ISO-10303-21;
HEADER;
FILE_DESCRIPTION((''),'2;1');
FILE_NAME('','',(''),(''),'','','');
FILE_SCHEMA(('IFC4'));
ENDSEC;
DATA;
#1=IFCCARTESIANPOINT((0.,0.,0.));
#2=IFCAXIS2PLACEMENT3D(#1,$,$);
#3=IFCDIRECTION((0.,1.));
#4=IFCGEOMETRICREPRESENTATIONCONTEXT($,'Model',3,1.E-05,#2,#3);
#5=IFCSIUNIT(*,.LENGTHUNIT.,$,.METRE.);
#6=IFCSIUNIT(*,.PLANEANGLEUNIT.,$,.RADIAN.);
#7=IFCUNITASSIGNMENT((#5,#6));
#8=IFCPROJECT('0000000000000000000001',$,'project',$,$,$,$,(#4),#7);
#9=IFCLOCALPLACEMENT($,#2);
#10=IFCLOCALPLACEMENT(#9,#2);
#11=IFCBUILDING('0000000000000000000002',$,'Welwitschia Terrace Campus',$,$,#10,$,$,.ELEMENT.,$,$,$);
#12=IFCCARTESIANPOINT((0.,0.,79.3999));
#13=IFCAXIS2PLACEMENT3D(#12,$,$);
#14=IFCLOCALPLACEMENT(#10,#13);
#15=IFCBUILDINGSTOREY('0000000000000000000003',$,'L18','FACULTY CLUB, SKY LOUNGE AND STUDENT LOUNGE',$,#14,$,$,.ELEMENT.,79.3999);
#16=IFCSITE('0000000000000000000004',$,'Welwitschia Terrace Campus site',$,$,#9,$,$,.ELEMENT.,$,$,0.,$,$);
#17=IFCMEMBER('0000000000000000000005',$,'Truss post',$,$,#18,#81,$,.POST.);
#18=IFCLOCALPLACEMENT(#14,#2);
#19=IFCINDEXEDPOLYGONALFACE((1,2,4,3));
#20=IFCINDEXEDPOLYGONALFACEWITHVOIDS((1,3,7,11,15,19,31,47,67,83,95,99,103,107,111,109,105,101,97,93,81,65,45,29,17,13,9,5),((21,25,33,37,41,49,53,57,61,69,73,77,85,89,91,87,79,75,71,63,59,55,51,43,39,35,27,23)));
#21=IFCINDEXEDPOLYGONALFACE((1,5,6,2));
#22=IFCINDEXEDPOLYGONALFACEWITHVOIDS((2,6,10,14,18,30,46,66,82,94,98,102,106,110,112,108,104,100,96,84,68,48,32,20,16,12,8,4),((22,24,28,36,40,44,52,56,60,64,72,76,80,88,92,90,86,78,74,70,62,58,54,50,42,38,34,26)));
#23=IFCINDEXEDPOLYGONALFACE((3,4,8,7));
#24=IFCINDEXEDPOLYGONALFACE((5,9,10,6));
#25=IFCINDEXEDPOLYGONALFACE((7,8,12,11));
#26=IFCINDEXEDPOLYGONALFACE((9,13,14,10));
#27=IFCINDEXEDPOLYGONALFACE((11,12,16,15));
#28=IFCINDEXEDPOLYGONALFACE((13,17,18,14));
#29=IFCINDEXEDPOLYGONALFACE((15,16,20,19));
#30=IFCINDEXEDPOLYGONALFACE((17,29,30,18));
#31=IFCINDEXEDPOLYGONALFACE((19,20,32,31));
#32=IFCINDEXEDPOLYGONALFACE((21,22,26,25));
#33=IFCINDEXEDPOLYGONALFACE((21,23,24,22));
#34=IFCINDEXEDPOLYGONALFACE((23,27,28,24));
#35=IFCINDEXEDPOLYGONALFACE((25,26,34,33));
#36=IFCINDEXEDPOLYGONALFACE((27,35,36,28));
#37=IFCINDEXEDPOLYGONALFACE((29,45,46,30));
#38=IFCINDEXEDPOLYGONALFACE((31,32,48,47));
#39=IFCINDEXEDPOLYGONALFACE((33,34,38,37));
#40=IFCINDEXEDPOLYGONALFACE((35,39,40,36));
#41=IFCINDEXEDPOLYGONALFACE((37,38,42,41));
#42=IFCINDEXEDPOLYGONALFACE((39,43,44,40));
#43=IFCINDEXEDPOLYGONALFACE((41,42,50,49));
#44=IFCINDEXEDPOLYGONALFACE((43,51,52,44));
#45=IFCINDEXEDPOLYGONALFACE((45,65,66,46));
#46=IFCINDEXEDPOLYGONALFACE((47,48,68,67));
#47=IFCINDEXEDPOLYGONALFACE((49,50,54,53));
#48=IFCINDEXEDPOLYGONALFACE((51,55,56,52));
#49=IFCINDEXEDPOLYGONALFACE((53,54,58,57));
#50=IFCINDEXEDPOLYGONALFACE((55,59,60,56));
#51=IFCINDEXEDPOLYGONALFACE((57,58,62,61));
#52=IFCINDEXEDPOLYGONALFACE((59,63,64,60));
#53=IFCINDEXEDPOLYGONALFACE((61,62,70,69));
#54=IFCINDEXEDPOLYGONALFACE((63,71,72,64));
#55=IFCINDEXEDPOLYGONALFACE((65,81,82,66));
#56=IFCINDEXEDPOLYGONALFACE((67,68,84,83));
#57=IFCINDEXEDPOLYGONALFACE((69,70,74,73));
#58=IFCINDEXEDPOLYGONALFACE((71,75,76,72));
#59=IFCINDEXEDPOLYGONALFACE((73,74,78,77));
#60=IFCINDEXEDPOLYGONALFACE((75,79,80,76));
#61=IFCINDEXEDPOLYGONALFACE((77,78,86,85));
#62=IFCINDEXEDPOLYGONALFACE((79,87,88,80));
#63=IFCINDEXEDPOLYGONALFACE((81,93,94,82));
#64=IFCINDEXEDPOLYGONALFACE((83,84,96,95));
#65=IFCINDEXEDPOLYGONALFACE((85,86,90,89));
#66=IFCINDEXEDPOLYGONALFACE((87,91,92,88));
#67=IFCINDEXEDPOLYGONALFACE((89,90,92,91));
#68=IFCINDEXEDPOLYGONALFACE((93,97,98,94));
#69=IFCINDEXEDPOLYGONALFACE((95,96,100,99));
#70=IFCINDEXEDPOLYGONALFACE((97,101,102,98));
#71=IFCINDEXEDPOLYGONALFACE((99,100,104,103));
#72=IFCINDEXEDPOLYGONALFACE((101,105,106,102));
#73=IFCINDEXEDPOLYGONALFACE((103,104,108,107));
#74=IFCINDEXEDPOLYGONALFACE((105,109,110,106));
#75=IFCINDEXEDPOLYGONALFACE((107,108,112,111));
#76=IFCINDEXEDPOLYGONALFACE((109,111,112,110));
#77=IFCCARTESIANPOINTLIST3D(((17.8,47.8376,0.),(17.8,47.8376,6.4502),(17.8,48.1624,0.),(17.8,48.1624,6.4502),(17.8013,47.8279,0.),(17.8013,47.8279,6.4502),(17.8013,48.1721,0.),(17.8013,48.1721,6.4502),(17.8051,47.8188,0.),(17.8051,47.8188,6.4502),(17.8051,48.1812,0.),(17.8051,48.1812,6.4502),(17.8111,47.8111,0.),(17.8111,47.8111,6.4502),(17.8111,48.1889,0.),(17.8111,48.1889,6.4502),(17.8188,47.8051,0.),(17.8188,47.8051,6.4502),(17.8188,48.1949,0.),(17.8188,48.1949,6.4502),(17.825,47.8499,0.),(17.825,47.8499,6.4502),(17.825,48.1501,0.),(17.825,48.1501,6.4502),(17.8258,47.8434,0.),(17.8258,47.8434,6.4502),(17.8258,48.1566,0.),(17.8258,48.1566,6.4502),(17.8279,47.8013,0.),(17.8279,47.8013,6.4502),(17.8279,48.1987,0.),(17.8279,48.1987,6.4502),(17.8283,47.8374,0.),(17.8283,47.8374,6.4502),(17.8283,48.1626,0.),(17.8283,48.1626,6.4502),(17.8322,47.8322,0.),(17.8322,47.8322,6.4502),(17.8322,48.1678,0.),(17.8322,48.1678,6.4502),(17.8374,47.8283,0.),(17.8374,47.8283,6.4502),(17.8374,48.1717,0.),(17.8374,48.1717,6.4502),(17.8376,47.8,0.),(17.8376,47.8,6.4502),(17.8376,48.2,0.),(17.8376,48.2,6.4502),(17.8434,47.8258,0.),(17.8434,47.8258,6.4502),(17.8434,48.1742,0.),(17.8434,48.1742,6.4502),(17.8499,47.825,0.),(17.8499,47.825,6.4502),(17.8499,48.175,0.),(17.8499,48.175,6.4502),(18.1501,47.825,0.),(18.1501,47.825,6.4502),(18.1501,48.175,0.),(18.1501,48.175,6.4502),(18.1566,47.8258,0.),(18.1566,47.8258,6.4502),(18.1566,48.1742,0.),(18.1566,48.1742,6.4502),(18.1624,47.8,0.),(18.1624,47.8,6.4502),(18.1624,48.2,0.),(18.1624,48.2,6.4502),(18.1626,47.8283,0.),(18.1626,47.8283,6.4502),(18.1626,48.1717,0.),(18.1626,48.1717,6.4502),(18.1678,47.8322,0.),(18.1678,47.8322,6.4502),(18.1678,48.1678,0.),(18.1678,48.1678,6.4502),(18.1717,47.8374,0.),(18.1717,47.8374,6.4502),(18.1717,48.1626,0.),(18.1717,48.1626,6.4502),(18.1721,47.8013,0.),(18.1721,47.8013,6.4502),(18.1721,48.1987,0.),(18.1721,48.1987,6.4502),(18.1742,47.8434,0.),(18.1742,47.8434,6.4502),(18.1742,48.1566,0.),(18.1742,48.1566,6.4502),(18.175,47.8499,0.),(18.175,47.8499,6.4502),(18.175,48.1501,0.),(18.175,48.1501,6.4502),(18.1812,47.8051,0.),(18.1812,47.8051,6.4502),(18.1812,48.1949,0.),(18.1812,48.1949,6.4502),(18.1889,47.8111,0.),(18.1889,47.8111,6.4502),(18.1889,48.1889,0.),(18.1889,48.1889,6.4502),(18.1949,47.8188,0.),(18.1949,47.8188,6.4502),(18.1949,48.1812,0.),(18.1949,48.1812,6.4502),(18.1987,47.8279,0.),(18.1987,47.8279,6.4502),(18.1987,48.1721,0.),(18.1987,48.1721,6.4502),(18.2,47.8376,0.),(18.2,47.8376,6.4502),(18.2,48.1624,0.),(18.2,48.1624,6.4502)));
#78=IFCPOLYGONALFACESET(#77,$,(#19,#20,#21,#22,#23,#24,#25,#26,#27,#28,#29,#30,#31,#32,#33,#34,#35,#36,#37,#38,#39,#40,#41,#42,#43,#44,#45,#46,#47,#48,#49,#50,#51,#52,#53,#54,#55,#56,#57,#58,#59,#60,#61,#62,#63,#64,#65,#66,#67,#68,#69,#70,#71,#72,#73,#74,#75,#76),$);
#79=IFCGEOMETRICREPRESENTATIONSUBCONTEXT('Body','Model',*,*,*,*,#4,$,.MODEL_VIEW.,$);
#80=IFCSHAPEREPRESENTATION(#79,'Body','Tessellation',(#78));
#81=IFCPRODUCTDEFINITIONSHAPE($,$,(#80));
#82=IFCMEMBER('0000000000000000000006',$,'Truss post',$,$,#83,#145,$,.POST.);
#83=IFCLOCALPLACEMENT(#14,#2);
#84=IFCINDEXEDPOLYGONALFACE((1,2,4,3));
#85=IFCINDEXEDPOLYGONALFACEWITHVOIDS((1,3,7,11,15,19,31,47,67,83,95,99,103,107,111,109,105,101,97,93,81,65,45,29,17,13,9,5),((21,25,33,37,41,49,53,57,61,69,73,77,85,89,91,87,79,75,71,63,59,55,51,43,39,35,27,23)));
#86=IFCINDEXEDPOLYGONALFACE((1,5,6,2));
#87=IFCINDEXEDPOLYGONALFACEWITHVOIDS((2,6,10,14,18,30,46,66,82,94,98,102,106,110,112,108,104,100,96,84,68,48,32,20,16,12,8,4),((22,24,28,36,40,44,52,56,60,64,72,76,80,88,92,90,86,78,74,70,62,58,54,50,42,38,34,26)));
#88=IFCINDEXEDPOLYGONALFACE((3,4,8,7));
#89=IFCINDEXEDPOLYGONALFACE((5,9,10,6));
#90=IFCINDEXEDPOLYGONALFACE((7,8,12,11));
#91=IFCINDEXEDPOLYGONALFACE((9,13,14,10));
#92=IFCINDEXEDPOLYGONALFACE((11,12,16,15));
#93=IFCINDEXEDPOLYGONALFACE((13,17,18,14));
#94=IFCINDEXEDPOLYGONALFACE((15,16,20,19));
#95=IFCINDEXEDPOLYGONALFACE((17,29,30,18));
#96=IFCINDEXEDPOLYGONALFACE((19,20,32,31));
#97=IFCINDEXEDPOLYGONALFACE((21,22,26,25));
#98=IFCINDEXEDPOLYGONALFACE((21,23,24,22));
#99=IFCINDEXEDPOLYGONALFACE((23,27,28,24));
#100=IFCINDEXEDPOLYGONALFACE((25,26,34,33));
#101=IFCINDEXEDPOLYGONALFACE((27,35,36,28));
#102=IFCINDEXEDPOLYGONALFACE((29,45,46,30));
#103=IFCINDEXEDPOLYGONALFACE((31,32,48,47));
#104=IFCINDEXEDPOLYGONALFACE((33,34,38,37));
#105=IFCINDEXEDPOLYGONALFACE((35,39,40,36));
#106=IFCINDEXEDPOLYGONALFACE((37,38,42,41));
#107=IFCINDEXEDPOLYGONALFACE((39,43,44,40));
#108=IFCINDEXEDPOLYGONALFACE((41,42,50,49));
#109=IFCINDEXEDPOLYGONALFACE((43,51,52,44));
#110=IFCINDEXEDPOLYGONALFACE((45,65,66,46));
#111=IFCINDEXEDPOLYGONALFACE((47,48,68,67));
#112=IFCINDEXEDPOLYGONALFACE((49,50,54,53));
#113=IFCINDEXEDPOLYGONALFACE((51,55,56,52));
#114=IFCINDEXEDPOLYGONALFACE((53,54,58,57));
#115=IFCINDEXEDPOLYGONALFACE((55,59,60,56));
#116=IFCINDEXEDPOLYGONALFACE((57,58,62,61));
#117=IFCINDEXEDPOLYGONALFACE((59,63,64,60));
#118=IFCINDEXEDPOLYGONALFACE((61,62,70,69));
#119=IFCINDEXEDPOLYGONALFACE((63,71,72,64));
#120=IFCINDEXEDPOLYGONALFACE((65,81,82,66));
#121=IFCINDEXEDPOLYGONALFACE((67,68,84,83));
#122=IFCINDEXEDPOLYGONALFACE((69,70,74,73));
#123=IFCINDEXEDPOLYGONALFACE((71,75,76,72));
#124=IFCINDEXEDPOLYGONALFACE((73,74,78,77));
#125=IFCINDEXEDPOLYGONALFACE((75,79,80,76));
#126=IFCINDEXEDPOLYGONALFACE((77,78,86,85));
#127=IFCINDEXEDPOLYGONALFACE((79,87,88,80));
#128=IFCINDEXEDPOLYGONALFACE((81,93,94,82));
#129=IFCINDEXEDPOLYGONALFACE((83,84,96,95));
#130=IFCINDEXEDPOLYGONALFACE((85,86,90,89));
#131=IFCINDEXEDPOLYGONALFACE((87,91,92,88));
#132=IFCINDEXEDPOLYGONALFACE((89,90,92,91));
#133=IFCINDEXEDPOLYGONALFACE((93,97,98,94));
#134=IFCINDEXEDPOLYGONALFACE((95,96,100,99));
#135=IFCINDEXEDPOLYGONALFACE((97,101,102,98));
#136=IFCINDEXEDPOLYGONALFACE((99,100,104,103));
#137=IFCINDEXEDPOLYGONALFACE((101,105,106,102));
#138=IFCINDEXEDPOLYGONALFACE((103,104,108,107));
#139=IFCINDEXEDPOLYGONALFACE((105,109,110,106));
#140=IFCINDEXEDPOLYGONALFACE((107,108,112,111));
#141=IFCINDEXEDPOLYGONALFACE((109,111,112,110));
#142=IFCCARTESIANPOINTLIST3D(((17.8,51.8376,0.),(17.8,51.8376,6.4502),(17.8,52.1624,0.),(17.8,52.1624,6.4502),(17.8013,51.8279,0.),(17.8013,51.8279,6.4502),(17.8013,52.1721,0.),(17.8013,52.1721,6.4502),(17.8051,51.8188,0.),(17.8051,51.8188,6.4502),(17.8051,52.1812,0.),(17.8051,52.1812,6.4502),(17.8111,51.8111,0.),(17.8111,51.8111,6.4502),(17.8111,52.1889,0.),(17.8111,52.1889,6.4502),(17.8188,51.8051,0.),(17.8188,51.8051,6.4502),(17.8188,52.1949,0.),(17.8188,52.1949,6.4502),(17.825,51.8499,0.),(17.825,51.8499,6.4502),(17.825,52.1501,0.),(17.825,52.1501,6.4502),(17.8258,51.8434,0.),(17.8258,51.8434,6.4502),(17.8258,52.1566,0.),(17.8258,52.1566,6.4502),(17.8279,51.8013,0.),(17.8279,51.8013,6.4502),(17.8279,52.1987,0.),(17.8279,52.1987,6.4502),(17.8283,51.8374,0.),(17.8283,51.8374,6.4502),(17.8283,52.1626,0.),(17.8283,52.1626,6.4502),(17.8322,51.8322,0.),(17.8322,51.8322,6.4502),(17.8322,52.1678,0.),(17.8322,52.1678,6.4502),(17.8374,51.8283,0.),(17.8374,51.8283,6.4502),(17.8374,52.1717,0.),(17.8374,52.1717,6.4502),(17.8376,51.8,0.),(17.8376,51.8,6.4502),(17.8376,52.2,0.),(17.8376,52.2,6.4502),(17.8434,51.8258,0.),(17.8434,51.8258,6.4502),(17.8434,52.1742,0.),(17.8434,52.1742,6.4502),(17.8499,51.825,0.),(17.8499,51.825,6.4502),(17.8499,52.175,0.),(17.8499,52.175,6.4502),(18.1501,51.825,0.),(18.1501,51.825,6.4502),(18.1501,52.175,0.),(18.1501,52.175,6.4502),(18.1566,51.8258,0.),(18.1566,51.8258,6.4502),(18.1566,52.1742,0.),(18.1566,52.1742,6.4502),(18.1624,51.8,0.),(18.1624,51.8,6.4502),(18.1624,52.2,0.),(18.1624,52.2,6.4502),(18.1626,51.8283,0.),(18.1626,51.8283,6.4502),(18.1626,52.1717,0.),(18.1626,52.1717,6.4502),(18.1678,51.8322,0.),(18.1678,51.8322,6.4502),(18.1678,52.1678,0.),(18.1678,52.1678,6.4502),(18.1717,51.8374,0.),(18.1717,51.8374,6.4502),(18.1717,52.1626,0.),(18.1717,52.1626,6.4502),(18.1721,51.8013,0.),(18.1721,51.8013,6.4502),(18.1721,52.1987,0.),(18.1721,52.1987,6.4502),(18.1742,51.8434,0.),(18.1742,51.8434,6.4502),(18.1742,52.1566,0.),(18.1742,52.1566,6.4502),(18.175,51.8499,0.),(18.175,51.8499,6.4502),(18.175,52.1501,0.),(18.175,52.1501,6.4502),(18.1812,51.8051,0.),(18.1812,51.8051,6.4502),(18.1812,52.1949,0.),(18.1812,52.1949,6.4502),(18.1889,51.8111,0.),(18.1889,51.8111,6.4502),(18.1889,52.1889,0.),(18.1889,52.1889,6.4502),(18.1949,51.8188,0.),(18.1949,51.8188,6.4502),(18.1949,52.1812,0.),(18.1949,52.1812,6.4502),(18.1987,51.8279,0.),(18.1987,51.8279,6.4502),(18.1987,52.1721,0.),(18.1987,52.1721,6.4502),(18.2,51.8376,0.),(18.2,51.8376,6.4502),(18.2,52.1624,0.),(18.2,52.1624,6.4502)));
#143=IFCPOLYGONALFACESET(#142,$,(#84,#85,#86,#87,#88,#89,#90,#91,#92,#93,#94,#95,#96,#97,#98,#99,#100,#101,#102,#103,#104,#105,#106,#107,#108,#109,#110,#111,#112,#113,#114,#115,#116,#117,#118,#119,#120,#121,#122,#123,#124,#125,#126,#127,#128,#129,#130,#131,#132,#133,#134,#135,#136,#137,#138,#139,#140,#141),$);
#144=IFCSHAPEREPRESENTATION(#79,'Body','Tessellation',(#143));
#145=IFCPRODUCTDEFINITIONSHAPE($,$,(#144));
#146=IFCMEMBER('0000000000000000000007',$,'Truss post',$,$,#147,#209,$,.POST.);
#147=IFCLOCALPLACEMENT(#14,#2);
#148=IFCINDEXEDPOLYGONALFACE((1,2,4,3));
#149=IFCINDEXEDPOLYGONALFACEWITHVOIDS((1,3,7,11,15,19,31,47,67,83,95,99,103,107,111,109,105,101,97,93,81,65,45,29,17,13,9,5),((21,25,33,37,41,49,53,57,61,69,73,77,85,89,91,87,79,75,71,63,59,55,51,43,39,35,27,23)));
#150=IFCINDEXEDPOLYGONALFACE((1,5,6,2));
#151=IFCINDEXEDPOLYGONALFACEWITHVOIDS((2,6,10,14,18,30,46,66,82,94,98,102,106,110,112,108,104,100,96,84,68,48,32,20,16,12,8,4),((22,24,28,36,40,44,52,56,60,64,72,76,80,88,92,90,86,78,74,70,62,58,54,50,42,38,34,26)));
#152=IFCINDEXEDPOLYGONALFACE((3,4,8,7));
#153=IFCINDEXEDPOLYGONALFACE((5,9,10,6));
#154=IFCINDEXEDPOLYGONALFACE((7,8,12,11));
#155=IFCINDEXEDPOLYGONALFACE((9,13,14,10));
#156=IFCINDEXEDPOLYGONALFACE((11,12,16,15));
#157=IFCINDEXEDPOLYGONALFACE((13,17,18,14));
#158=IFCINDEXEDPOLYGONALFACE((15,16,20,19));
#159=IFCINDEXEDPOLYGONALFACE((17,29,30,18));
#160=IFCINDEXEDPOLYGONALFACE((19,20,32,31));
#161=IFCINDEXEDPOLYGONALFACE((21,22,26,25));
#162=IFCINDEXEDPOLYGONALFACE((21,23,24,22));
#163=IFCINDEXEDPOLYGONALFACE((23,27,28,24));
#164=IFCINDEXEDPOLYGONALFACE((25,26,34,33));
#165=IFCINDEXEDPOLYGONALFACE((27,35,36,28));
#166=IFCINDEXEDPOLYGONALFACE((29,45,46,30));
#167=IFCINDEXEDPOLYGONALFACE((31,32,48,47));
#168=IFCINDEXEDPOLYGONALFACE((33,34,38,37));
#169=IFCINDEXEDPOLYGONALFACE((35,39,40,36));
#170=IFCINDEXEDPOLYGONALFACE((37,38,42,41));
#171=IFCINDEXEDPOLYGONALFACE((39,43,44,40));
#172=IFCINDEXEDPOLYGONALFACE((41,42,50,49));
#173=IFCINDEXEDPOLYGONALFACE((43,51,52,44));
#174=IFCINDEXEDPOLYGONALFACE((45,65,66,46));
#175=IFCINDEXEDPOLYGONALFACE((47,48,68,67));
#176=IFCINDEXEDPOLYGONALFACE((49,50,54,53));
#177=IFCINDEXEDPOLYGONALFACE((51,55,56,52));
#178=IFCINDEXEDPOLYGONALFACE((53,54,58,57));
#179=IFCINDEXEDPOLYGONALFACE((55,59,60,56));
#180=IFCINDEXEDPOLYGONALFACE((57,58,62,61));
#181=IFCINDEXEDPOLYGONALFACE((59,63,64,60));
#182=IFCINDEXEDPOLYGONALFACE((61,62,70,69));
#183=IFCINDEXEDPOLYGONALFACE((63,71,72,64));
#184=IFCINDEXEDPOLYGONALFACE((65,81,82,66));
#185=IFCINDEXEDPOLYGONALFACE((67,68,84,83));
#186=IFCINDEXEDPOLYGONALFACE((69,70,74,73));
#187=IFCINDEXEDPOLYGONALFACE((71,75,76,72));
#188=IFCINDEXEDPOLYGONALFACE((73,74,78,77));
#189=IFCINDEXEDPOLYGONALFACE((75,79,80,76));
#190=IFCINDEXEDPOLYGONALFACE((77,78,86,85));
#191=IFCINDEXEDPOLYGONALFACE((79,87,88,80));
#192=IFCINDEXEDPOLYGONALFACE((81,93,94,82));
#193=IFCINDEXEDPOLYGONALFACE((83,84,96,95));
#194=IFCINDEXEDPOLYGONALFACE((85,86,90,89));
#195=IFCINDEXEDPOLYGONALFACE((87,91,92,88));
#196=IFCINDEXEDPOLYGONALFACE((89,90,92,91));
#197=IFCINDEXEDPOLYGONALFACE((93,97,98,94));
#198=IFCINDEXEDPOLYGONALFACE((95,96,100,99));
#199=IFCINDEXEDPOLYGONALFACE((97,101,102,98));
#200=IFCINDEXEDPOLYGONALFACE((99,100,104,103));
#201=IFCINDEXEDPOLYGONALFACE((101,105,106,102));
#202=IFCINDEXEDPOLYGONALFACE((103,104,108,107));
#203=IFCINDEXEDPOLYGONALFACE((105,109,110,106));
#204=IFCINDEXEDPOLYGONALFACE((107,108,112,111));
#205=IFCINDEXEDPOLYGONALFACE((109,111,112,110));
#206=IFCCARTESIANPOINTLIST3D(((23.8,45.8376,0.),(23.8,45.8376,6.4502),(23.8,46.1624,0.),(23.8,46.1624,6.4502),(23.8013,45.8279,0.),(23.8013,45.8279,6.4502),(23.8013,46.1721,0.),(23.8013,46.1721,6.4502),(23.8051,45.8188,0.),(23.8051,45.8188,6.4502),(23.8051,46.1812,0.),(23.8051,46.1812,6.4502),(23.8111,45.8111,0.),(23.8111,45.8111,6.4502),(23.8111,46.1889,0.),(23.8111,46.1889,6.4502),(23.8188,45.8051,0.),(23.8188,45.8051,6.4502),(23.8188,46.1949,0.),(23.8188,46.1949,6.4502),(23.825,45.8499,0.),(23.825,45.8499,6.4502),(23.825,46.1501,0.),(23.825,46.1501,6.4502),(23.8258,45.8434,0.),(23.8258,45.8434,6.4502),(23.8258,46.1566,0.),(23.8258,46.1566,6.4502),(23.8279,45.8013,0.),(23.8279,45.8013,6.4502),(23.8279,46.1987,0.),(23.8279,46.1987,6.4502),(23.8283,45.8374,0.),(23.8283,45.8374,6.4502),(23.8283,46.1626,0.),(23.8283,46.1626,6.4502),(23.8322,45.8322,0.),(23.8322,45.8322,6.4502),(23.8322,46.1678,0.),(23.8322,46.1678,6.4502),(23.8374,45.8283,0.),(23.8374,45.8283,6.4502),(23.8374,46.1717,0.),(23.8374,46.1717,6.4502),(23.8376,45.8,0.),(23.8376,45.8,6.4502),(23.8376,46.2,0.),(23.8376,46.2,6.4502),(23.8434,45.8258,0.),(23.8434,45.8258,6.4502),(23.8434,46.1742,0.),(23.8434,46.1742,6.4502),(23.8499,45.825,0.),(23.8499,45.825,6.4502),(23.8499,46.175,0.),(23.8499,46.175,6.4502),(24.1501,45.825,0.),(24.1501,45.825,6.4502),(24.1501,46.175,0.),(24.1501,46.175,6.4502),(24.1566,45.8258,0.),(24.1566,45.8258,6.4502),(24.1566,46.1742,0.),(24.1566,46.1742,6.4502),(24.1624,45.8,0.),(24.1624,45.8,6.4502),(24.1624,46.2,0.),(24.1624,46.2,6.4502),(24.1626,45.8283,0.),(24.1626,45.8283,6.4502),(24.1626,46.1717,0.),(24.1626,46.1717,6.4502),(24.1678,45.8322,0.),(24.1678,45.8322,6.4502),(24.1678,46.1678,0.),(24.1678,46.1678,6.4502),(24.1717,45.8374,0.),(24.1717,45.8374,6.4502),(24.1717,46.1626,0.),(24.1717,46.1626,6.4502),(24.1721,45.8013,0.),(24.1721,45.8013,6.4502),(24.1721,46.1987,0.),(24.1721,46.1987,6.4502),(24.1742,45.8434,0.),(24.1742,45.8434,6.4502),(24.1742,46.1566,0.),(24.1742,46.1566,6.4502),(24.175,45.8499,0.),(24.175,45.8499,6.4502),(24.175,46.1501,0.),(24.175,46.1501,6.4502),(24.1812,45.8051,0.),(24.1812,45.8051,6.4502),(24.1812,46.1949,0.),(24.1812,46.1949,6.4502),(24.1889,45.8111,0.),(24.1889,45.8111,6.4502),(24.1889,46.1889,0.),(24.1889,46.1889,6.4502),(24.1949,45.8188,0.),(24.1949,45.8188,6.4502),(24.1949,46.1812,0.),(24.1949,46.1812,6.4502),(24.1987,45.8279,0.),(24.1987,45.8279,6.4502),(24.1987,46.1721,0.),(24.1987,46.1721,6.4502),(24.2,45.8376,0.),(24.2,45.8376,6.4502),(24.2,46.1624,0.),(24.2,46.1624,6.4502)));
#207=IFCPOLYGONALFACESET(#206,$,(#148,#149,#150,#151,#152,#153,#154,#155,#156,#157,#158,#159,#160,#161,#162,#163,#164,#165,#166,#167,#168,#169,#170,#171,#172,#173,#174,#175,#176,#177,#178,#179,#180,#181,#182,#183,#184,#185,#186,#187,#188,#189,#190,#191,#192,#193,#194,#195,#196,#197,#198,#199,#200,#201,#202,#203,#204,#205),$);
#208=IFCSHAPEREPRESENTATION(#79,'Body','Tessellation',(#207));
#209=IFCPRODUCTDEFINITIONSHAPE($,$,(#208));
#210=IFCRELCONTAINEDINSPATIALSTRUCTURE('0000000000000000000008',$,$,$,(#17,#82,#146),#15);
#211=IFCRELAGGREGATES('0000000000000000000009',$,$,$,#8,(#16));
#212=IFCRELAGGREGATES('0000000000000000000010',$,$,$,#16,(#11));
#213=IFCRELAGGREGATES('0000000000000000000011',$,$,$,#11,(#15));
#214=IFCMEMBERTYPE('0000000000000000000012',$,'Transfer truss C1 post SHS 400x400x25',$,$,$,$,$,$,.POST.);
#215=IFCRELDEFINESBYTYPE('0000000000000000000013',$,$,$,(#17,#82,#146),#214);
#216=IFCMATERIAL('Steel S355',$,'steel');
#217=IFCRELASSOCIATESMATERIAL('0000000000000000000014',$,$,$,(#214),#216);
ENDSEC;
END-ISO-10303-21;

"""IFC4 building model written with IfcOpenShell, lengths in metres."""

from ifc_helpers import new_model, si_unit, direction, frame, origin, origin_2d, place, context, subcontext, project, spatial, hollow_rectangle, extrude, material, material_profile, profile_set, type_object, element, save


model = new_model("IFC4")

# Units and contexts
model_context = context("Model", 3, precision=1e-05, world=origin(), true_north=direction((0.0, 1.0)))
body_context = subcontext(model_context, "Body", "Model", "MODEL_VIEW")
ifc_project = project(units=[si_unit("LENGTHUNIT", "METRE"), si_unit("PLANEANGLEUNIT", "RADIAN")], contexts=[model_context])

# Site, building, storey
site_placement = place(None, origin())
site = spatial("IfcSite", under=ifc_project, at=site_placement, Name="Welwitschia Terrace Campus site", CompositionType="ELEMENT", RefElevation=0.0)
building_placement = place(site_placement, origin())
building = spatial("IfcBuilding", under=site, at=building_placement, Name="Welwitschia Terrace Campus", CompositionType="ELEMENT")
storey_placement = place(building_placement, frame((0.0, 0.0, 79.3999)))
storey = spatial("IfcBuildingStorey", under=building, at=storey_placement, Name="L18", Description="FACULTY CLUB, SKY LOUNGE AND STUDENT LOUNGE", CompositionType="ELEMENT", Elevation=79.3999)

# Members
ifc_material_1 = material(Name="Steel S355", Category="steel")
ifc_material_profile_1 = material_profile(ifc_material_1, hollow_rectangle(XDim=0.3999, YDim=0.3999, WallThickness=0.0249, InnerFilletRadius=0.0249, OuterFilletRadius=0.0376, at=origin_2d()))
ifc_profile_set_1 = profile_set([ifc_material_profile_1], Name="Steel S355")
member_type_1 = type_object("IfcMemberType", Name="Transfer truss C1 post SHS 400x400x25", PredefinedType="POST", material=ifc_profile_set_1)
for number, where, z_axis, x_axis, name in (
    (1, (18.0, 48.0, 0.0), (0.0, 0.0, 1.0), (1.0, 0.0, 0.0), "Truss post"),
    (2, (18.0, 52.0, 0.0), (0.0, 0.0, 1.0), (1.0, 0.0, 0.0), "Truss post"),
    (3, (24.0, 46.0, 0.0), (0.0, 0.0, 1.0), (1.0, 0.0, 0.0), "Truss post"),
):
    element("IfcMember", number, at=place(storey_placement, frame(where, z_axis=z_axis, x_axis=x_axis)), inside=storey, type_object=member_type_1, Name=name, PredefinedType="POST", context=body_context, shape_type="SweptSolid", body=[
        extrude(hollow_rectangle(XDim=0.3999, YDim=0.3999, WallThickness=0.0249, InnerFilletRadius=0.0249, OuterFilletRadius=0.0376, at=origin_2d()), origin(), (0.0, 0.0, 1.0), 6.4502),
    ])

save(model, "model.ifc")
